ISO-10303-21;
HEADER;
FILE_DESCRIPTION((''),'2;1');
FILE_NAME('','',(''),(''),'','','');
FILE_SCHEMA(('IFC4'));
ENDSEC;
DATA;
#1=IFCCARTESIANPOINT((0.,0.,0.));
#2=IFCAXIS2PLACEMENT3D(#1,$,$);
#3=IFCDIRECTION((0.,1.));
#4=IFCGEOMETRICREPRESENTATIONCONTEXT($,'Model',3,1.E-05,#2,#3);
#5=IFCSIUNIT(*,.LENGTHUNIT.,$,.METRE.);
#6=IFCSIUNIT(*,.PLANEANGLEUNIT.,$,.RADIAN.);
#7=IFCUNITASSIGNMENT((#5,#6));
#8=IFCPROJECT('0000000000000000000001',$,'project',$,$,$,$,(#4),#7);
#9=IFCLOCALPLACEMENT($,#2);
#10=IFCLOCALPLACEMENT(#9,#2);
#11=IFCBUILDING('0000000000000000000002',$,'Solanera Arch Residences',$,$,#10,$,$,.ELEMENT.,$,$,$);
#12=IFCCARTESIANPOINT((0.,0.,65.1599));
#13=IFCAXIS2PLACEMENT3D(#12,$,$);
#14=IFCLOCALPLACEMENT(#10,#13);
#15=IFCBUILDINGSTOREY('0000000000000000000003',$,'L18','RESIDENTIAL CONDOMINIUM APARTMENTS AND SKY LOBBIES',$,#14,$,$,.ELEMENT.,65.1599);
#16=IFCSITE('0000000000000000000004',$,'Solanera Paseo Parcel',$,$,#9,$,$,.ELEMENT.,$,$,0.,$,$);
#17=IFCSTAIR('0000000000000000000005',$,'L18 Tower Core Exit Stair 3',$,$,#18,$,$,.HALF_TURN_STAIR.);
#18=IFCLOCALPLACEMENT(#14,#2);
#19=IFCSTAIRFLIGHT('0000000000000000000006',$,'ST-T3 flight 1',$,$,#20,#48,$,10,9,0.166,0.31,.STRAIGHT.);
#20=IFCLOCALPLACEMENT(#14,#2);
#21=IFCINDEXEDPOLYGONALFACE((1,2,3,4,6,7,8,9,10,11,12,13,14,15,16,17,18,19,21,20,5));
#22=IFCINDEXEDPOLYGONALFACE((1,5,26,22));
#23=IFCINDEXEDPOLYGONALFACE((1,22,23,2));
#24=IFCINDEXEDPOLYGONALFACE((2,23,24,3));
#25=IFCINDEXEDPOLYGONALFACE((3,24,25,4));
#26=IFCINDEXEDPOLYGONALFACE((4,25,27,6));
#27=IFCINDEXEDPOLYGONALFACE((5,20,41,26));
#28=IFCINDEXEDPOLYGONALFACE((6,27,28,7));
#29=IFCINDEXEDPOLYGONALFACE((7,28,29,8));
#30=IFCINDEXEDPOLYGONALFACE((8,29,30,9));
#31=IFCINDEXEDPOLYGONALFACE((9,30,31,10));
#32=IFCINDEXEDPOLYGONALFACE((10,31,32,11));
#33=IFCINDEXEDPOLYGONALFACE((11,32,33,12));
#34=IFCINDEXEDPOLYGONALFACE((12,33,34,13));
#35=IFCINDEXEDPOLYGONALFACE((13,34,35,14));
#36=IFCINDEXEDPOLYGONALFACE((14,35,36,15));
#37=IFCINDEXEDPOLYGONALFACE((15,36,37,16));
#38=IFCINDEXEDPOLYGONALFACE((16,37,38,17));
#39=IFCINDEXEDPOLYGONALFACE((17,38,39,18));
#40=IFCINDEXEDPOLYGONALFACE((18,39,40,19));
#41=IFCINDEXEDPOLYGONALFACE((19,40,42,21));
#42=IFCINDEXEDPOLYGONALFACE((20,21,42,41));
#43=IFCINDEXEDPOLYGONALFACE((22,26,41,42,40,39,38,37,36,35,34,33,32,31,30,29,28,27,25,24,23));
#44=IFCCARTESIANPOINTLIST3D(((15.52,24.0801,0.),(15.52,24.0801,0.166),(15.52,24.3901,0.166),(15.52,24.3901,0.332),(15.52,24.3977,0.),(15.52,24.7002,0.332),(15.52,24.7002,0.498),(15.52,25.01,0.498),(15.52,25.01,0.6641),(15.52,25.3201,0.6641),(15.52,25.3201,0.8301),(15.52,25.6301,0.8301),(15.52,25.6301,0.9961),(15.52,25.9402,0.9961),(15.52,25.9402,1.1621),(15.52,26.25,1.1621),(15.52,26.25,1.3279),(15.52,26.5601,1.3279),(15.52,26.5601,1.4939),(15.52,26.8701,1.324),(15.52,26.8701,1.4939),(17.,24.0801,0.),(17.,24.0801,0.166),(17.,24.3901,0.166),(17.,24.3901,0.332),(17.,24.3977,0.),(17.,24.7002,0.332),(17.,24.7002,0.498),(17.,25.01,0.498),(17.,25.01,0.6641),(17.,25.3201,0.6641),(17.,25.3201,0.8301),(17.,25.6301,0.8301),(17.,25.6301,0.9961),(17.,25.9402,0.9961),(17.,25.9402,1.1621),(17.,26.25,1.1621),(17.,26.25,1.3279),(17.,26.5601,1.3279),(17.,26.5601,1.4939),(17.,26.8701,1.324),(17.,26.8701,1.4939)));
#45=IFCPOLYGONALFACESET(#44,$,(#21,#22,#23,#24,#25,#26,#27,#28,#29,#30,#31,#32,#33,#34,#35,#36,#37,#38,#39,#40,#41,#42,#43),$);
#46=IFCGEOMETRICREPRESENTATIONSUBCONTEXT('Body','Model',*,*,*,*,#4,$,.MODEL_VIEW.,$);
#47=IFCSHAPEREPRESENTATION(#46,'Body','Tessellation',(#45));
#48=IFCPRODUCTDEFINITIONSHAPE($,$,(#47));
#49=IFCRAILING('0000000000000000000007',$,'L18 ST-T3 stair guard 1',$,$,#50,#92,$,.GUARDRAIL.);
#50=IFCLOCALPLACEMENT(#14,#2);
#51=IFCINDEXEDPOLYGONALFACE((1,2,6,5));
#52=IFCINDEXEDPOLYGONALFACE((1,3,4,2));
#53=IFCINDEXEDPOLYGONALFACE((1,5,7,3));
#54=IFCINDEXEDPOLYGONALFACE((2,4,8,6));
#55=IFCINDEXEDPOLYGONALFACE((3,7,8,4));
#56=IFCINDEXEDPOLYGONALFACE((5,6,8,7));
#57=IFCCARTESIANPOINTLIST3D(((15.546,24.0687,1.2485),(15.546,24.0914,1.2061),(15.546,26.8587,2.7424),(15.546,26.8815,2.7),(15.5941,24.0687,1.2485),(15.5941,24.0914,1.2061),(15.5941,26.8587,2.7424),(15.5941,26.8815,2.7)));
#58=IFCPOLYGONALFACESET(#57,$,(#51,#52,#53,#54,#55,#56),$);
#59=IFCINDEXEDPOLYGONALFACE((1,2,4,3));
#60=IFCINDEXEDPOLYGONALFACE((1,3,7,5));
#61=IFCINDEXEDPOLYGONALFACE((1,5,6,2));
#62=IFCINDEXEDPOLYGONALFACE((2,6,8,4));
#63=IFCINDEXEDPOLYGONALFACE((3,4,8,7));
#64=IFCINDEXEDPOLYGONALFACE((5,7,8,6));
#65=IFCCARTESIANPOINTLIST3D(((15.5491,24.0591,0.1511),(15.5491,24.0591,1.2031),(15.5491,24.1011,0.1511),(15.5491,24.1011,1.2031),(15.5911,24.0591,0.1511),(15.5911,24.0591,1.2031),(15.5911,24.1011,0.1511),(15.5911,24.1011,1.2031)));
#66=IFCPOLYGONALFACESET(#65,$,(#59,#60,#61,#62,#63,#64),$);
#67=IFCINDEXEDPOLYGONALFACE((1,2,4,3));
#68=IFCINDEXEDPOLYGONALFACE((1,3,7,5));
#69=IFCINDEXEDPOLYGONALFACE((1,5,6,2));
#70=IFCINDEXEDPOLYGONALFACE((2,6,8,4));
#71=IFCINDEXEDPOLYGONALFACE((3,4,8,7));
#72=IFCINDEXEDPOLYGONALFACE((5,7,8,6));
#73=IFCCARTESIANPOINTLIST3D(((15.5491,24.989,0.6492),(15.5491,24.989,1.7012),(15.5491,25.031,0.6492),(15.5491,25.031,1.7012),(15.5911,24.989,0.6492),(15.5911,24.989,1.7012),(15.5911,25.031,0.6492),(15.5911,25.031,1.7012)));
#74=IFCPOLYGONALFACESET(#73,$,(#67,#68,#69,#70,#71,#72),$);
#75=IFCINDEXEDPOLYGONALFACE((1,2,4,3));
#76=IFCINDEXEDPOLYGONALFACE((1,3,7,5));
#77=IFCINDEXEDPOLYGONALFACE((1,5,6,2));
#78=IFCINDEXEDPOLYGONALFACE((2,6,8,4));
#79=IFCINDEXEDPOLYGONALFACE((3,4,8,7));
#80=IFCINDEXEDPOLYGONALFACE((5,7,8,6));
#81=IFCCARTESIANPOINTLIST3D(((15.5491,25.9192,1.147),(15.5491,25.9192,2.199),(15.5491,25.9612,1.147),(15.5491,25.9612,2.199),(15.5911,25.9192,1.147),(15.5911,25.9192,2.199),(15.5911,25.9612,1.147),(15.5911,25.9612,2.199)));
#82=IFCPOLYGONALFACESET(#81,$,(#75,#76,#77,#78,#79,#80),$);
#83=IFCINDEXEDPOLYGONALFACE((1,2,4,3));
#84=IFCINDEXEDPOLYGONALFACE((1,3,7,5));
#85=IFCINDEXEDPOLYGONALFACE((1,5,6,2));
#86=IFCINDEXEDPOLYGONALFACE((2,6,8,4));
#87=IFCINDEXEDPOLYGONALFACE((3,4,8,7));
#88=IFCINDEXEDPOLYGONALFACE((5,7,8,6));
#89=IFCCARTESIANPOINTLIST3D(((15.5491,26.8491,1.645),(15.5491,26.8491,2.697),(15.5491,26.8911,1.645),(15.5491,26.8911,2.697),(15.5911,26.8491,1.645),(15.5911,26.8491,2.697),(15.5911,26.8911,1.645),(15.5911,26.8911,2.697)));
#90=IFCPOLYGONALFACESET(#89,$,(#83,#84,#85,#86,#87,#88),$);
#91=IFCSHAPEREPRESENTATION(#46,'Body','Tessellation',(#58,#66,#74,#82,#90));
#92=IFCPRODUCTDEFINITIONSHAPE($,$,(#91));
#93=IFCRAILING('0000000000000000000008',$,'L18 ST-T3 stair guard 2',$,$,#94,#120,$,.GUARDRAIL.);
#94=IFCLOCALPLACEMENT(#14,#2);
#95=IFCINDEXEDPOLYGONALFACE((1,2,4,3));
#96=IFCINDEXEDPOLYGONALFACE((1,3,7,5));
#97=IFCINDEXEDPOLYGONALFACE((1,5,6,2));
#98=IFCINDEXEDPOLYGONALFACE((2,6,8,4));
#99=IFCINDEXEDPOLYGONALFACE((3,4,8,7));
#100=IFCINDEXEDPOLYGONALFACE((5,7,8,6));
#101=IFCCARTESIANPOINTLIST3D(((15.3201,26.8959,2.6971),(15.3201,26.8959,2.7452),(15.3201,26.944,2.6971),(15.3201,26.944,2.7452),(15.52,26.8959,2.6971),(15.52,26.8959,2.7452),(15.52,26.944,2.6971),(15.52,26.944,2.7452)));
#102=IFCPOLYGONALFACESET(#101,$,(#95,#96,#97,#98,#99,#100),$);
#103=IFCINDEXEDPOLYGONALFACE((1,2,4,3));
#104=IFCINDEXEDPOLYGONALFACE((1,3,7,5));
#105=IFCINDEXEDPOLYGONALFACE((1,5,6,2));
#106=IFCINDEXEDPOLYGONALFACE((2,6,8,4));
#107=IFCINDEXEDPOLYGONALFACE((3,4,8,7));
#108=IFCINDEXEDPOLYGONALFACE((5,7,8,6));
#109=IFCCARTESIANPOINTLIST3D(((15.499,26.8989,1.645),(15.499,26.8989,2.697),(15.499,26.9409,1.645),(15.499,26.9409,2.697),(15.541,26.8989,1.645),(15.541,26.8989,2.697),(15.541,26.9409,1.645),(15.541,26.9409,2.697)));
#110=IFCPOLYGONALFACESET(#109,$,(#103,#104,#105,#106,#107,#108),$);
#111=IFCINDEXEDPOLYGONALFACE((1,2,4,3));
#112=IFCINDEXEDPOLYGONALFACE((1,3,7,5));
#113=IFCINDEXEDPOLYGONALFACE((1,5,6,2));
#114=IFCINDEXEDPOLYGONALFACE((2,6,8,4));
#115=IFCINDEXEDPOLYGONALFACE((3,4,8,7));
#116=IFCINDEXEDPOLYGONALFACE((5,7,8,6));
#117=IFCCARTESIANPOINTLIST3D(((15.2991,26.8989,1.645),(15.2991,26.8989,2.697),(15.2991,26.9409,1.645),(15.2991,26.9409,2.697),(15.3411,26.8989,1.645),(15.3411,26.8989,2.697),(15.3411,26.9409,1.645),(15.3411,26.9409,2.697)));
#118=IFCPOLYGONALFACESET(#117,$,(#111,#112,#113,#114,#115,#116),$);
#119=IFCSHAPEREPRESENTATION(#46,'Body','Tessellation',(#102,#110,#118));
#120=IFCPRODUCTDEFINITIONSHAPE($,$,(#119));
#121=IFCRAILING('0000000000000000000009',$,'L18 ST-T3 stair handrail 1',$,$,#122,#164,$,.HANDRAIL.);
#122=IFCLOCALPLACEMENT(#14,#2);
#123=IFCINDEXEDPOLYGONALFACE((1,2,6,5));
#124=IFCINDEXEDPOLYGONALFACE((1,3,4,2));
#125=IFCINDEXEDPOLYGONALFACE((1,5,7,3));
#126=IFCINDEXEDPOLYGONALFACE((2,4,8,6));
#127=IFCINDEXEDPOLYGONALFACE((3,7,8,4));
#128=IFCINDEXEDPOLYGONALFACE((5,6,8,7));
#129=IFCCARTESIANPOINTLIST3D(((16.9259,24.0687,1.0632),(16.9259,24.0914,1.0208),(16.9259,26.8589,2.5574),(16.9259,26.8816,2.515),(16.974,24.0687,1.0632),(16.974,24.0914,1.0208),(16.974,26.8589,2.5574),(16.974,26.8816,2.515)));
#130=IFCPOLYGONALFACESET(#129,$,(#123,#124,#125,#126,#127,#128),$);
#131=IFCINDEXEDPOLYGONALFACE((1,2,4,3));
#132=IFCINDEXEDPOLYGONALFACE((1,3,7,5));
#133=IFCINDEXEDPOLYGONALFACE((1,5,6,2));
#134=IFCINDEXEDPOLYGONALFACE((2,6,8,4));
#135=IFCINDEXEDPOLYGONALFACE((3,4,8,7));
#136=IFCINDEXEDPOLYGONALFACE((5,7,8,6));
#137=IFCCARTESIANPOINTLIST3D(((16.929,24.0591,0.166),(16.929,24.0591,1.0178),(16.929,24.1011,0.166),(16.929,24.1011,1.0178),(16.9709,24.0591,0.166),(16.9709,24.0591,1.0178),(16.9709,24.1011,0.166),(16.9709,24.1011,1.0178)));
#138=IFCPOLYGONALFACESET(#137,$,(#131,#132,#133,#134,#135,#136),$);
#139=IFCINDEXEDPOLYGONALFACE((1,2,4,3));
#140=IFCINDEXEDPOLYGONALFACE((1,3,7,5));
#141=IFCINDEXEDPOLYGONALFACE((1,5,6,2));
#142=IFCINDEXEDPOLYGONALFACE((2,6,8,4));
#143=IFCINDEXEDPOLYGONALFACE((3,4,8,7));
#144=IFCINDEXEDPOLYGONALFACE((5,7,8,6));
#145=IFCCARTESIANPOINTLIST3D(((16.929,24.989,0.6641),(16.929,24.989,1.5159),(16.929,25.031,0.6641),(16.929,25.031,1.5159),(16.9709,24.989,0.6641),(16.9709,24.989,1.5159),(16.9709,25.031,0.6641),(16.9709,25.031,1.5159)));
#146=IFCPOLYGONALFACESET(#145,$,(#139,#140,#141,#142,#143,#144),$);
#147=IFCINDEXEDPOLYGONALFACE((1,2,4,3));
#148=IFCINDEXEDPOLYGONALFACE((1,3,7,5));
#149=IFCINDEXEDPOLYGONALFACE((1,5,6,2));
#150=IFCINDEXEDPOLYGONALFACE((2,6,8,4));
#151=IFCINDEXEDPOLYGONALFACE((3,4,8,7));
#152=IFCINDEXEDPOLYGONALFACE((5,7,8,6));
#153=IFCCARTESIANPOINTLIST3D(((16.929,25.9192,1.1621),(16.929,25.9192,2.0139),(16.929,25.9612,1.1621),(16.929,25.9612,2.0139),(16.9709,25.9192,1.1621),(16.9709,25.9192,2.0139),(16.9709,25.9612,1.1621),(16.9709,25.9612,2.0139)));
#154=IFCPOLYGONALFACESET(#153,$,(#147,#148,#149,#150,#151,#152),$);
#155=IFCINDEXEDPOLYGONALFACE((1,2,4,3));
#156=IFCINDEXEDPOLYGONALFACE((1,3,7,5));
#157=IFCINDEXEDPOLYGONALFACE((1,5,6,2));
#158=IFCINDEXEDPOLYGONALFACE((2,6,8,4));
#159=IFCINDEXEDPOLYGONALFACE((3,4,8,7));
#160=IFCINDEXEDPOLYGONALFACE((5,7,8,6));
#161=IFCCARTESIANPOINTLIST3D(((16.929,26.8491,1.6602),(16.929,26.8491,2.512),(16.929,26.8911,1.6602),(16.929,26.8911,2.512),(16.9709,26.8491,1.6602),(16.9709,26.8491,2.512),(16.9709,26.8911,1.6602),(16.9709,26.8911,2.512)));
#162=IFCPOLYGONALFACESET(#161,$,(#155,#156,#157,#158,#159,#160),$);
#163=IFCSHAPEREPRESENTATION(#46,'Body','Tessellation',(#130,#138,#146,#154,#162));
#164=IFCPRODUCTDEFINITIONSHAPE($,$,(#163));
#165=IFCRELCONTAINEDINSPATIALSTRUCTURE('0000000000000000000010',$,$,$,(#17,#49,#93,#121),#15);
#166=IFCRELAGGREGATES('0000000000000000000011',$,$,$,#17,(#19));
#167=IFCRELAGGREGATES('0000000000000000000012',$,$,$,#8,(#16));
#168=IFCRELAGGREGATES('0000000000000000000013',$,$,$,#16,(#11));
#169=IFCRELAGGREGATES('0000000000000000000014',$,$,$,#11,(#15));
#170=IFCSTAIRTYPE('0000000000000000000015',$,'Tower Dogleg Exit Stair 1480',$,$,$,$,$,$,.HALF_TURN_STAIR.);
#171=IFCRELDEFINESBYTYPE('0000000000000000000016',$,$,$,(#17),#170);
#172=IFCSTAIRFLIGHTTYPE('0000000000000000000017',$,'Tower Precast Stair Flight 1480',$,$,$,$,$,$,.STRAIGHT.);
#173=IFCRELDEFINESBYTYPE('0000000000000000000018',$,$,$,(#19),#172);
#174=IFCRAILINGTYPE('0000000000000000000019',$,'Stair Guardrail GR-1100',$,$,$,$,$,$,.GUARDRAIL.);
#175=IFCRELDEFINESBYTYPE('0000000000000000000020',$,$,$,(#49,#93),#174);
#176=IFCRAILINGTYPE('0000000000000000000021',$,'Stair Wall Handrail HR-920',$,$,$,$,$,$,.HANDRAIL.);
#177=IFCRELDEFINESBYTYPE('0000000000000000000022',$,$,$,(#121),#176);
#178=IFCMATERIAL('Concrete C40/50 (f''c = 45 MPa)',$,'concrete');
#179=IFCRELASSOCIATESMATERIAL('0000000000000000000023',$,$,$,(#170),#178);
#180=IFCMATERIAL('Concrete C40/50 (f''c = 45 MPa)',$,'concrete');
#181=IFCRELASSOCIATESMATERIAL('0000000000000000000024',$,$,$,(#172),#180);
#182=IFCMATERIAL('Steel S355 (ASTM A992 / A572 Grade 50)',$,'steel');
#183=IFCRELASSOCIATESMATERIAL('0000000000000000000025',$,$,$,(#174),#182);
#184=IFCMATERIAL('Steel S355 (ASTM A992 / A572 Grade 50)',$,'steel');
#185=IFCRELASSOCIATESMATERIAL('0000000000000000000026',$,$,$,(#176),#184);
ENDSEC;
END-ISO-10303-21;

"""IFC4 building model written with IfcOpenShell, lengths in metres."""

from ifc_helpers import new_model, si_unit, direction, frame, origin, origin_2d, place, context, subcontext, project, spatial, polyline, rectangle, outline, extrude, material, type_object, element, aggregate, save


model = new_model("IFC4")

# Units and contexts
model_context = context("Model", 3, precision=1e-05, world=origin(), true_north=direction((0.0, 1.0)))
body_context = subcontext(model_context, "Body", "Model", "MODEL_VIEW")
ifc_project = project(units=[si_unit("LENGTHUNIT", "METRE"), si_unit("PLANEANGLEUNIT", "RADIAN")], contexts=[model_context])

# Site, building, storey
site_placement = place(None, origin())
site = spatial("IfcSite", under=ifc_project, at=site_placement, Name="Solanera Paseo Parcel", CompositionType="ELEMENT", RefElevation=0.0)
building_placement = place(site_placement, origin())
building = spatial("IfcBuilding", under=site, at=building_placement, Name="Solanera Arch Residences", CompositionType="ELEMENT")
storey_placement = place(building_placement, frame((0.0, 0.0, 65.1599)))
storey = spatial("IfcBuildingStorey", under=building, at=storey_placement, Name="L18", Description="RESIDENTIAL CONDOMINIUM APARTMENTS AND SKY LOBBIES", CompositionType="ELEMENT", Elevation=65.1599)

# Stair, stair flight
ifc_material_1 = material(Name="Concrete C40/50 (f'c = 45 MPa)", Category="concrete")
stair_type = type_object("IfcStairType", Name="Tower Dogleg Exit Stair 1480", PredefinedType="HALF_TURN_STAIR", material=ifc_material_1)
stair_placement = place(storey_placement, origin())
stair = element("IfcStair", 1, at=stair_placement, inside=storey, type_object=stair_type, Name="L18 Tower Core Exit Stair 3", PredefinedType="HALF_TURN_STAIR")
ifc_material_2 = material(Name="Concrete C40/50 (f'c = 45 MPa)", Category="concrete")
stair_flight_type = type_object("IfcStairFlightType", Name="Tower Precast Stair Flight 1480", PredefinedType="STRAIGHT", material=ifc_material_2)
stair_flight_placement = place(storey_placement, frame((16.26, 24.0801, 0.0), z_axis=(0.0, 0.0, 1.0), x_axis=(0.0, 1.0, 0.0)))
stair_flight = element("IfcStairFlight", 2, at=stair_flight_placement, type_object=stair_flight_type, Name="ST-T3 flight 1", NumberOfRisers=10, NumberOfTreads=9, PredefinedType="STRAIGHT", RiserHeight=0.166, TreadLength=0.31, context=body_context, shape_type="SweptSolid", body=[
    extrude(outline(polyline([(0.0, 0.0), (0.0, 0.166), (0.3101, 0.166), (0.3101, 0.332), (0.6201, 0.332), (0.6201, 0.498), (0.9299, 0.498), (0.9299, 0.6641), (1.24, 0.6641), (1.24, 0.8301), (1.55, 0.8301), (1.55, 0.9961), (1.8601, 0.9961), (1.8601, 1.1621), (2.1699, 1.1621), (2.1699, 1.3279), (2.48, 1.3279), (2.48, 1.4939), (2.79, 1.4939), (2.79, 1.6599), (2.79, 1.324), (0.3176, 0.0), (0.0, 0.0)])), frame((0.0, 0.74, 0.0), z_axis=(0.0, -1.0, 0.0), x_axis=(1.0, 0.0, 0.0)), (0.0, 0.0, 1.0), 1.48),
])
aggregate(stair, [stair_flight])

# Railings
ifc_material_3 = material(Name="Steel S355 (ASTM A992 / A572 Grade 50)", Category="steel")
railing_type_1 = type_object("IfcRailingType", Name="Stair Guardrail GR-1100", PredefinedType="GUARDRAIL", material=ifc_material_3)
railing_1_placement = place(storey_placement, frame((15.5701, 24.0801, 0.1511)))
element("IfcRailing", 3, at=railing_1_placement, inside=storey, type_object=railing_type_1, Name="L18 ST-T3 stair guard 1", PredefinedType="GUARDRAIL", context=body_context, shape_type="SweptSolid", body=[
    extrude(rectangle(XDim=0.0481, YDim=0.0481, at=origin_2d()), frame((0.0, 0.0, 1.0762), z_axis=(0.0, 0.881581, 0.472033), x_axis=(-1.0, 0.0, 0.0)), (0.0, 0.0, 1.0), 3.1648),
    extrude(rectangle(XDim=0.042, YDim=0.042, at=origin_2d()), origin(), (0.0, 0.0, 1.0), 1.052),
    extrude(rectangle(XDim=0.042, YDim=0.042, at=origin_2d()), frame((0.0, 0.9299, 0.498)), (0.0, 0.0, 1.0), 1.052),
    extrude(rectangle(XDim=0.042, YDim=0.042, at=origin_2d()), frame((0.0, 1.8601, 0.9958)), (0.0, 0.0, 1.0), 1.052),
    extrude(rectangle(XDim=0.042, YDim=0.042, at=origin_2d()), frame((0.0, 2.79, 1.4939)), (0.0, 0.0, 1.0), 1.052),
])
railing_2_placement = place(storey_placement, frame((15.52, 26.9199, 1.645)))
element("IfcRailing", 4, at=railing_2_placement, inside=storey, type_object=railing_type_1, Name="L18 ST-T3 stair guard 2", PredefinedType="GUARDRAIL", context=body_context, shape_type="SweptSolid", body=[
    extrude(rectangle(XDim=0.0481, YDim=0.0481, at=origin_2d()), frame((0.0, 0.0, 1.0762), z_axis=(-1.0, 0.0, 0.0), x_axis=(0.0, -1.0, 0.0)), (0.0, 0.0, 1.0), 0.2),
    extrude(rectangle(XDim=0.042, YDim=0.042, at=origin_2d()), origin(), (0.0, 0.0, 1.0), 1.052),
    extrude(rectangle(XDim=0.042, YDim=0.042, at=origin_2d()), frame((-0.2, 0.0, 0.0)), (0.0, 0.0, 1.0), 1.052),
])
ifc_material_4 = material(Name="Steel S355 (ASTM A992 / A572 Grade 50)", Category="steel")
railing_type_2 = type_object("IfcRailingType", Name="Stair Wall Handrail HR-920", PredefinedType="HANDRAIL", material=ifc_material_4)
railing_3_placement = place(storey_placement, frame((16.95, 24.0801, 0.166)))
element("IfcRailing", 5, at=railing_3_placement, inside=storey, type_object=railing_type_2, Name="L18 ST-T3 stair handrail 1", PredefinedType="HANDRAIL", context=body_context, shape_type="SweptSolid", body=[
    extrude(rectangle(XDim=0.0481, YDim=0.0481, at=origin_2d()), frame((0.0, 0.0, 0.876), z_axis=(0.0, 0.881549, 0.472093), x_axis=(-1.0, 0.0, 0.0)), (0.0, 0.0, 1.0), 3.165),
    extrude(rectangle(XDim=0.042, YDim=0.042, at=origin_2d()), origin(), (0.0, 0.0, 1.0), 0.8518),
    extrude(rectangle(XDim=0.042, YDim=0.042, at=origin_2d()), frame((0.0, 0.9299, 0.498)), (0.0, 0.0, 1.0), 0.8518),
    extrude(rectangle(XDim=0.042, YDim=0.042, at=origin_2d()), frame((0.0, 1.8601, 0.9961)), (0.0, 0.0, 1.0), 0.8518),
    extrude(rectangle(XDim=0.042, YDim=0.042, at=origin_2d()), frame((0.0, 2.79, 1.4941)), (0.0, 0.0, 1.0), 0.8518),
])

save(model, "model.ifc")
